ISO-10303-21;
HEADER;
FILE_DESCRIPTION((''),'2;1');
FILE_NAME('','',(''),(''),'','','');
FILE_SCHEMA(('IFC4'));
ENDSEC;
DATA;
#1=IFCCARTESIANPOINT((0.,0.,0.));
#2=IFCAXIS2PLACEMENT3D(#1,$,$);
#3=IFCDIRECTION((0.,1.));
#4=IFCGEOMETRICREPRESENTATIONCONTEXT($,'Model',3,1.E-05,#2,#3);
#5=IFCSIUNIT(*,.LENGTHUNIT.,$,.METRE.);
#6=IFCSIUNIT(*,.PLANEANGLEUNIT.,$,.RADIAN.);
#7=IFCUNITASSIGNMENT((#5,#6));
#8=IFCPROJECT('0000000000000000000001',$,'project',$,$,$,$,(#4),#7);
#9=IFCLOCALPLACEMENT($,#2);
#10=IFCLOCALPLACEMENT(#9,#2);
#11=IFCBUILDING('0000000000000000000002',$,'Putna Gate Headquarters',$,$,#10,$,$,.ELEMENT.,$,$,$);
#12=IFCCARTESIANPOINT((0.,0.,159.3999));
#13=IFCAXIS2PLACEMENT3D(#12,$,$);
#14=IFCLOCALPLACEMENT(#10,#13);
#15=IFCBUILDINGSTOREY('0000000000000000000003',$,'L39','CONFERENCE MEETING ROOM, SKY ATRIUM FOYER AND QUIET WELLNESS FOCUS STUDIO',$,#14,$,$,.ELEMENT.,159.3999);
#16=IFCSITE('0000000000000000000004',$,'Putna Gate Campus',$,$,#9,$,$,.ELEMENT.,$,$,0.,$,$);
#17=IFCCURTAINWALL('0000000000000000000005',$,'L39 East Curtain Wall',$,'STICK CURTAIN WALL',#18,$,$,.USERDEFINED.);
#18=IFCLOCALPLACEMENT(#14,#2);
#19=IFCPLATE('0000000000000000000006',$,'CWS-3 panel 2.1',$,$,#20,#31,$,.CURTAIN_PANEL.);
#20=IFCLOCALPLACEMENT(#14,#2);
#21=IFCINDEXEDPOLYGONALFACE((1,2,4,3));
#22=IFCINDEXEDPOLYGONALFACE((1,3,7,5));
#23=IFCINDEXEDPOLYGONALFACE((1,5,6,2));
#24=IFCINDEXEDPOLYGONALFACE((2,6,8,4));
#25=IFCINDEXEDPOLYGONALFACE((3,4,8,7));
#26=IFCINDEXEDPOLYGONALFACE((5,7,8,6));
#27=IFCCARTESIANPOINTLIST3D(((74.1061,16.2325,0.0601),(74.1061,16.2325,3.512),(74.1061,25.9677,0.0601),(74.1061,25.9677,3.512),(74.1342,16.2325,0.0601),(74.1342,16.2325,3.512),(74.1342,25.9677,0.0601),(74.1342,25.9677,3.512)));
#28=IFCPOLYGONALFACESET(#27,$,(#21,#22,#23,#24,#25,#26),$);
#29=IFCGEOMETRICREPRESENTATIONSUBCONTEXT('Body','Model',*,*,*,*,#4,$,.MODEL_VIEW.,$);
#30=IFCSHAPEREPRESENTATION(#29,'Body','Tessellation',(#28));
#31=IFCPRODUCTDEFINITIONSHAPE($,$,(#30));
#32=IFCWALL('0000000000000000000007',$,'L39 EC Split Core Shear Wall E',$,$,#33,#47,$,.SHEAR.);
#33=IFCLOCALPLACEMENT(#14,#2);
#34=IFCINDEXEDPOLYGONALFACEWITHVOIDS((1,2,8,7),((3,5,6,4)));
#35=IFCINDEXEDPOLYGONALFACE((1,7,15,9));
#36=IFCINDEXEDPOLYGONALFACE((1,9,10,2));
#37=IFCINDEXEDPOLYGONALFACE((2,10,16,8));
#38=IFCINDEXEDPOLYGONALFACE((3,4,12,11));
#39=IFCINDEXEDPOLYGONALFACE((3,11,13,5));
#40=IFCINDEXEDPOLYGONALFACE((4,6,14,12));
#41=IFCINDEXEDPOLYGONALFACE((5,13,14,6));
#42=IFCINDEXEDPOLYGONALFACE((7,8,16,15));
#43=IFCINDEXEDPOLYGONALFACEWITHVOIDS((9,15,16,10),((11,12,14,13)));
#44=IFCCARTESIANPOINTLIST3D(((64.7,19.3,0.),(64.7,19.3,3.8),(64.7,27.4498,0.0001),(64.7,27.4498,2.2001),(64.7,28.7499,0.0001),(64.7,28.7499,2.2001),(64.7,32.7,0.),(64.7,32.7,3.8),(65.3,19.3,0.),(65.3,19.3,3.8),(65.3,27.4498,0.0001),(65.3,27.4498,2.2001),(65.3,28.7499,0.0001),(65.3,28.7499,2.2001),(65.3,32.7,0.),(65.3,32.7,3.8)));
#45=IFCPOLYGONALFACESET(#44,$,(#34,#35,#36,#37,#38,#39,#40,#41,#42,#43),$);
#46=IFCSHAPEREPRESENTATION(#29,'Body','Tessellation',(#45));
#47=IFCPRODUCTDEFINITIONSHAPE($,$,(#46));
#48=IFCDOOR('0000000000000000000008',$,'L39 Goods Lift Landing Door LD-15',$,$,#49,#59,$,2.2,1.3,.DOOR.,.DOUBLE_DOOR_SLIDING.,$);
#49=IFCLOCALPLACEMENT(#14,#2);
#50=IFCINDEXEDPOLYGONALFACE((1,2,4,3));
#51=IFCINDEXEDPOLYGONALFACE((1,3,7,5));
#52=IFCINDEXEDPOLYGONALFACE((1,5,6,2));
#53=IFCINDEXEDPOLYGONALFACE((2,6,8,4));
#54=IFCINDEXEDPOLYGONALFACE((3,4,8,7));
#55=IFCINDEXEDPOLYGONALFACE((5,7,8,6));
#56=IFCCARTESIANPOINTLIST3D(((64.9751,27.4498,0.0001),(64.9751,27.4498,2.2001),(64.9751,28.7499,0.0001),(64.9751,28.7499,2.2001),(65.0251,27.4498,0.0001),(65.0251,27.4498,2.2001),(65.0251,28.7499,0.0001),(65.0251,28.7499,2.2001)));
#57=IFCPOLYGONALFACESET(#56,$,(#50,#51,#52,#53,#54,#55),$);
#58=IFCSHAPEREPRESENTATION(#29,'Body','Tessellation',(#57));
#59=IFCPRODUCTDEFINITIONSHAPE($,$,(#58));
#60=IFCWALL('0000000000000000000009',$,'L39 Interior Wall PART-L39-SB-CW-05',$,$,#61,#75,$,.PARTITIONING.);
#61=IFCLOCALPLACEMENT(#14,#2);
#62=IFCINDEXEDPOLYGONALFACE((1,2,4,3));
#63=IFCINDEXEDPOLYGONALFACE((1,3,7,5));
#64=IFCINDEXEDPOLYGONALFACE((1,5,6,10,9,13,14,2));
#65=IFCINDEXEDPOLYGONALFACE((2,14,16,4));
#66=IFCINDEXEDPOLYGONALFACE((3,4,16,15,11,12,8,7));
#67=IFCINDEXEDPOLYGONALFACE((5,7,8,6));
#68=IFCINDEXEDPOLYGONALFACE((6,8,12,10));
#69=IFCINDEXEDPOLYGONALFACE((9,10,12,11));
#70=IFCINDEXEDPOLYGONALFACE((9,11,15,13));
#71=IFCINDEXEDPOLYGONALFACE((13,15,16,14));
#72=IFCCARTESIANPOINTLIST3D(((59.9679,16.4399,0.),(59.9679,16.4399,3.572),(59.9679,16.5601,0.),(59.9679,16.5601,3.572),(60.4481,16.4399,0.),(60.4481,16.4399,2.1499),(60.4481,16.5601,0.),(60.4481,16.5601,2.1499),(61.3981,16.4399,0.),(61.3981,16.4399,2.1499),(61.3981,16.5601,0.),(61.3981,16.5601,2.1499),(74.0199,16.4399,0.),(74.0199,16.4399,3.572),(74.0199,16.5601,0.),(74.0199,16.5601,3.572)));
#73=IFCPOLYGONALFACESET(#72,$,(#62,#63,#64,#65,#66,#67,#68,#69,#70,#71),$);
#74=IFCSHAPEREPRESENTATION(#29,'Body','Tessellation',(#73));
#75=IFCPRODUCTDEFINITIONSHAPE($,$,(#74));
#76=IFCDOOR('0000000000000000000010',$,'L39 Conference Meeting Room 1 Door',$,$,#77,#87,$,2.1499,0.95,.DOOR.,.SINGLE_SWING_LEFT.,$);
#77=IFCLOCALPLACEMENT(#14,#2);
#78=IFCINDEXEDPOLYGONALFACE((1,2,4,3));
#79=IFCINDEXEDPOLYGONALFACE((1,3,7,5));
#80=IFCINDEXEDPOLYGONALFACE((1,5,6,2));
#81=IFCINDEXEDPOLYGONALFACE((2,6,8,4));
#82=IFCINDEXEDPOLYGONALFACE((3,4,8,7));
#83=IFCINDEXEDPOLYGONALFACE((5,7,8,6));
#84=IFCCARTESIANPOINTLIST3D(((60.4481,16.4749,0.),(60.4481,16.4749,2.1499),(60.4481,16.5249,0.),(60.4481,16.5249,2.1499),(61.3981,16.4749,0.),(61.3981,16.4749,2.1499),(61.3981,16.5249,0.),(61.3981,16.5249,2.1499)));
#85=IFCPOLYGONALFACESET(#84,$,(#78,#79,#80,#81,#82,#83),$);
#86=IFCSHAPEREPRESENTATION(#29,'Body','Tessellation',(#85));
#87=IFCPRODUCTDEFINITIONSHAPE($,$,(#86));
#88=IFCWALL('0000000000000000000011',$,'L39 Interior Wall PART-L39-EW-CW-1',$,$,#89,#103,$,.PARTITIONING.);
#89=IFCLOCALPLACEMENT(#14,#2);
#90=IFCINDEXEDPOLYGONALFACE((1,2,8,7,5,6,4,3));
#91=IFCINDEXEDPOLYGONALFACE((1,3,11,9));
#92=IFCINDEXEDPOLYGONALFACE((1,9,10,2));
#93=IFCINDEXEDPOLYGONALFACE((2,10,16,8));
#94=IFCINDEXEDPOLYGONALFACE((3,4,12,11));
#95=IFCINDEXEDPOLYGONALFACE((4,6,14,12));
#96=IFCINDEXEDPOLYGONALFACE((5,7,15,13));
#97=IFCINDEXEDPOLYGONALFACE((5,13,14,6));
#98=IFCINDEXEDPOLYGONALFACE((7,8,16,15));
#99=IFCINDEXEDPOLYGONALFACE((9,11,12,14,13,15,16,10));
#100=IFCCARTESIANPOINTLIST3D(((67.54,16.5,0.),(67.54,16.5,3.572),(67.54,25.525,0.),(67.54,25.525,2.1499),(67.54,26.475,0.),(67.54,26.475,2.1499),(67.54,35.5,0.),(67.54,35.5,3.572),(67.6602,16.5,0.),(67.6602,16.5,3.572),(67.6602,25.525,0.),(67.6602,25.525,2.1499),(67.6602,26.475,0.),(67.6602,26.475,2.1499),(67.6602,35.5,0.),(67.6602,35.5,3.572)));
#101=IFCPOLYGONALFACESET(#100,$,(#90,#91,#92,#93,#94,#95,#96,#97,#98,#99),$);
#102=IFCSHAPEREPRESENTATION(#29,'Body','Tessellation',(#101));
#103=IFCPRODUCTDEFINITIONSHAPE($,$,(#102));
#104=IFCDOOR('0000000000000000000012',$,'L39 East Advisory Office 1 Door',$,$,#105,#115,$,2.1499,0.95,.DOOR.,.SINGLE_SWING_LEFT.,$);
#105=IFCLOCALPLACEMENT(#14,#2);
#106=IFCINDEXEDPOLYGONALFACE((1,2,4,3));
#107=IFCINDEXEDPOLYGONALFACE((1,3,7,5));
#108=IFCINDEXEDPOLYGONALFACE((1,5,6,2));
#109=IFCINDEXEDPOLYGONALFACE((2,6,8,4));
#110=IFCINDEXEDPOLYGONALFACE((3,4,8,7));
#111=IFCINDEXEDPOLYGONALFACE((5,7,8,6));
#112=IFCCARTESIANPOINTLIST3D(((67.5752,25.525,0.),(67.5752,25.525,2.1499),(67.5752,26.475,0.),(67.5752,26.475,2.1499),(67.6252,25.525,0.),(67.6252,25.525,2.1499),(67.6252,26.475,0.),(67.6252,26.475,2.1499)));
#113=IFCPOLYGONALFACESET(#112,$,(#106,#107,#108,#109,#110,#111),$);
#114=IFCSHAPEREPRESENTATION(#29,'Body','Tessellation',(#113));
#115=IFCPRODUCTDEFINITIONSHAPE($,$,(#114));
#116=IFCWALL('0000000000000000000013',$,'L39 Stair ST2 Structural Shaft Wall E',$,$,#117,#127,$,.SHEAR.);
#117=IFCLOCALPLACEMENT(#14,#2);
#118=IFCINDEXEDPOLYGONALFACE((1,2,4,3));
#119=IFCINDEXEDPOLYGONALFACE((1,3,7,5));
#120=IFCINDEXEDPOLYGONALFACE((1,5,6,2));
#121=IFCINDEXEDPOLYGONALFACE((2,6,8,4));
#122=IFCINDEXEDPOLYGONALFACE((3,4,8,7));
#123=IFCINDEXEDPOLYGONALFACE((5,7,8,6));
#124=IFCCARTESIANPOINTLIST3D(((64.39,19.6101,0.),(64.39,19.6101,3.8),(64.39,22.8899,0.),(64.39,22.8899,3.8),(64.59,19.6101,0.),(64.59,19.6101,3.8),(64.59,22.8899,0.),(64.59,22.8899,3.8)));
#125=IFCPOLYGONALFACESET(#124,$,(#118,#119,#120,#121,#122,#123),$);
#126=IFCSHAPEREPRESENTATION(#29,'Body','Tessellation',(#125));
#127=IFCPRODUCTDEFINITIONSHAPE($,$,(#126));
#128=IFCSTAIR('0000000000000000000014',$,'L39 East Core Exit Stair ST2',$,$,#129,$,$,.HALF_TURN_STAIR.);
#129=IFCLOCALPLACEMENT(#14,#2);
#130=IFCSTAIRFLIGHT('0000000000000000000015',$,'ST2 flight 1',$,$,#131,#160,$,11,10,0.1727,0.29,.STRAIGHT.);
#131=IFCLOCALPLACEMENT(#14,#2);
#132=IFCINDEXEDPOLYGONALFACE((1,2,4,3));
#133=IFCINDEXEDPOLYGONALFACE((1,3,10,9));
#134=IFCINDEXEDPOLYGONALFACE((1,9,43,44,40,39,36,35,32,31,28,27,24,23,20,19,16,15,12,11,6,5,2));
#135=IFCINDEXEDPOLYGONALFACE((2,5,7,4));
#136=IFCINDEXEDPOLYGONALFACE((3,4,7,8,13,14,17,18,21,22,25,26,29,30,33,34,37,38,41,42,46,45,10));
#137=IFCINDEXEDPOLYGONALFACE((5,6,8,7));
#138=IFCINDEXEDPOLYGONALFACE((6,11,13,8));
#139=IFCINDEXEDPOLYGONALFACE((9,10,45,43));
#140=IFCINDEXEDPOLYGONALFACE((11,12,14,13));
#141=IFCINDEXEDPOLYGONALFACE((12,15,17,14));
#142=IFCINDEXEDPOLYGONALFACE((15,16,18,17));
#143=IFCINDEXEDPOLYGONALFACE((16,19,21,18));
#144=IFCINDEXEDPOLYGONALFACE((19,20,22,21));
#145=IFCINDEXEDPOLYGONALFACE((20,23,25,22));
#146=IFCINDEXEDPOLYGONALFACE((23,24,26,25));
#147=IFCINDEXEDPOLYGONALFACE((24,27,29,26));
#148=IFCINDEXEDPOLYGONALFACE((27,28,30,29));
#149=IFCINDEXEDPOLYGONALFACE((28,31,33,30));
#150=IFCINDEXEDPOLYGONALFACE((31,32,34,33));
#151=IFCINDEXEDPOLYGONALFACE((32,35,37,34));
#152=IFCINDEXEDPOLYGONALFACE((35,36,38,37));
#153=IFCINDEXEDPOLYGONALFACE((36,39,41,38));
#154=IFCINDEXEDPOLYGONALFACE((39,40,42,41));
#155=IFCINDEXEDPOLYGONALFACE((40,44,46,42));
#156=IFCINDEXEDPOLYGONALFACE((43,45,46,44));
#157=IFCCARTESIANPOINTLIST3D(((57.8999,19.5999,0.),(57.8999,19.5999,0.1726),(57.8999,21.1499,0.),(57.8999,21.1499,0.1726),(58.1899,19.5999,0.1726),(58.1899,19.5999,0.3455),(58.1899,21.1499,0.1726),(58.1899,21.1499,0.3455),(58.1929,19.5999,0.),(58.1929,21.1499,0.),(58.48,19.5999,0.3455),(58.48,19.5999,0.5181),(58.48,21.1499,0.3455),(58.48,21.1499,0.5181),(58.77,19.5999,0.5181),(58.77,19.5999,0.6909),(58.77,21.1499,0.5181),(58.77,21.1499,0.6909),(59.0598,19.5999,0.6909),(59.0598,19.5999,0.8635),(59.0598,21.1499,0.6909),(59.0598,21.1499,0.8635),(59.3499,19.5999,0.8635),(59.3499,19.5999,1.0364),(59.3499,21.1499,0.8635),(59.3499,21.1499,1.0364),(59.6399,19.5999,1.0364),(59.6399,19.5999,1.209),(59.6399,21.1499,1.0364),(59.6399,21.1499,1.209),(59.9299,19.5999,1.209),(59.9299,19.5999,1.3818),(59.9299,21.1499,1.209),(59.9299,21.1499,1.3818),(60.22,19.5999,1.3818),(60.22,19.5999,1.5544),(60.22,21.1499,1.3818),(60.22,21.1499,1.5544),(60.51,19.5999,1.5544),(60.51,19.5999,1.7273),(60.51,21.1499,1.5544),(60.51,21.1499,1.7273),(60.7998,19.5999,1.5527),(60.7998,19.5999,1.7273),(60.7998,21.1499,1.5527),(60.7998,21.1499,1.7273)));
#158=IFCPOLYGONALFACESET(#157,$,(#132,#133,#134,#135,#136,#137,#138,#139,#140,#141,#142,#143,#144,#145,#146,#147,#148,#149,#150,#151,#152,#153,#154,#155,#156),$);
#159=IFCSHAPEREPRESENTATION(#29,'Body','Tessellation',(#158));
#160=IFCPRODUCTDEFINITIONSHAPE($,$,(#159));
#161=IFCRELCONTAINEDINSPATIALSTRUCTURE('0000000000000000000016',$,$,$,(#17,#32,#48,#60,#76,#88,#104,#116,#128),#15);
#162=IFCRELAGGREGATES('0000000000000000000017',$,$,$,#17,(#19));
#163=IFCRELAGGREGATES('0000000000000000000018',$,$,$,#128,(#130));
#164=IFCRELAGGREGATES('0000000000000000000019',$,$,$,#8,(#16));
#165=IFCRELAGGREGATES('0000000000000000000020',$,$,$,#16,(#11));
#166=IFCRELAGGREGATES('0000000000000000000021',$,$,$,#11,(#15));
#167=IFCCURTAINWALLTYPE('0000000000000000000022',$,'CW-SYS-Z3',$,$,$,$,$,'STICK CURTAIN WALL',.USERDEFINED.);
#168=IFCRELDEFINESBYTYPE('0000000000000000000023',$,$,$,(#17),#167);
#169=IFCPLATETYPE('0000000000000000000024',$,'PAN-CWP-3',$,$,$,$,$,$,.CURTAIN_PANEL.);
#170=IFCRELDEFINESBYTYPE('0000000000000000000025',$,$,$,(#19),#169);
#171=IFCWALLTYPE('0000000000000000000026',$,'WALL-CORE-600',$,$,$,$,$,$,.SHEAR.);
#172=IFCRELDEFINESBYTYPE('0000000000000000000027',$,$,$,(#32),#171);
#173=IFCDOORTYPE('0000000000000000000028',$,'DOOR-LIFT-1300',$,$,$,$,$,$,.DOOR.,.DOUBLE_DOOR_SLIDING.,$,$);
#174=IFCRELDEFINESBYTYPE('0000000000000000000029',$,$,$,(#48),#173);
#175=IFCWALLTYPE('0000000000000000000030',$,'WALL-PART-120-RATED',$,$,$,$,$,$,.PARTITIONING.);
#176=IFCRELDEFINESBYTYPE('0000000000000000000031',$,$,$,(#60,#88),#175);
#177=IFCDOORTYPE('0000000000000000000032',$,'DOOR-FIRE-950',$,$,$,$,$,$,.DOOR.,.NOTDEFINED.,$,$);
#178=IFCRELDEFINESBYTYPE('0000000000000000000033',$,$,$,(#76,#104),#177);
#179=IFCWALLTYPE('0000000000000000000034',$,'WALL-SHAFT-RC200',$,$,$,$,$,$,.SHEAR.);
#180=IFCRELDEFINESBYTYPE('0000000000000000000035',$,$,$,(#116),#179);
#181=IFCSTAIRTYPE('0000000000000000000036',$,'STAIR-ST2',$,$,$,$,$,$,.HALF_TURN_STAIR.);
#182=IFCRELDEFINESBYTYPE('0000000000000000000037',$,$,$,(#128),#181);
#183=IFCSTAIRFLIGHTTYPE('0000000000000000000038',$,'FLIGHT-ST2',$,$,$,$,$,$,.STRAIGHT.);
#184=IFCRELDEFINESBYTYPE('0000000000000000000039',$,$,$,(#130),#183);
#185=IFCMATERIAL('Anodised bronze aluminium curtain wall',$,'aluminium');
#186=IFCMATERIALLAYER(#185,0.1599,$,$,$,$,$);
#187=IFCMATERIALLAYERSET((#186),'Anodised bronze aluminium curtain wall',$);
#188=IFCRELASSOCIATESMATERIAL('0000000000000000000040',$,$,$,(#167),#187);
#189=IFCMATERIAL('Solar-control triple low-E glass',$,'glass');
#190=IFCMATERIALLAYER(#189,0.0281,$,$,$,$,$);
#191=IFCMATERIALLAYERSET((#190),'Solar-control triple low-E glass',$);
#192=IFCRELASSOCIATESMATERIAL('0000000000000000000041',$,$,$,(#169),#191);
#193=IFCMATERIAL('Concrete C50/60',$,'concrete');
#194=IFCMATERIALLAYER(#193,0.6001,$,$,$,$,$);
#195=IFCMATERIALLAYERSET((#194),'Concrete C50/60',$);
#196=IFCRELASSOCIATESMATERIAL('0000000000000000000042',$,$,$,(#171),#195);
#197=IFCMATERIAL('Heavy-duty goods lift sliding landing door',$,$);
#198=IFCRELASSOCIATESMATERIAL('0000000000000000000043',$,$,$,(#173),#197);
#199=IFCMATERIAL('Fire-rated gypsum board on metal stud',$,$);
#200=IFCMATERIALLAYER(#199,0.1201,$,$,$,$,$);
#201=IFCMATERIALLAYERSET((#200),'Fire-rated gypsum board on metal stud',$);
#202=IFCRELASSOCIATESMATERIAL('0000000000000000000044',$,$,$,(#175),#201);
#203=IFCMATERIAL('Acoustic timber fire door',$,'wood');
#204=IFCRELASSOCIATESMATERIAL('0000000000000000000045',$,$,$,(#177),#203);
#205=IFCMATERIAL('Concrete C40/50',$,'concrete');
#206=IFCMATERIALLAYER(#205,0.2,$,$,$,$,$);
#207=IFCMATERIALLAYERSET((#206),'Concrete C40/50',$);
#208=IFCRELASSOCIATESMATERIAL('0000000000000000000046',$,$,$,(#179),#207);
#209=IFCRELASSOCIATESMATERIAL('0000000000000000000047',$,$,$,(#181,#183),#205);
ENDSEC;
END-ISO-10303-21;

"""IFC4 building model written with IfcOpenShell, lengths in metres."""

from ifc_helpers import new_model, si_unit, direction, frame, frame_2d, origin, origin_2d, place, context, subcontext, project, spatial, polyline, rectangle, outline, extrude, material, layer, layer_set, type_object, element, fill, aggregate, save


model = new_model("IFC4")

# Units and contexts
model_context = context("Model", 3, precision=1e-05, world=origin(), true_north=direction((0.0, 1.0)))
body_context = subcontext(model_context, "Body", "Model", "MODEL_VIEW")
ifc_project = project(units=[si_unit("LENGTHUNIT", "METRE"), si_unit("PLANEANGLEUNIT", "RADIAN")], contexts=[model_context])

# Site, building, storey
site_placement = place(None, origin())
site = spatial("IfcSite", under=ifc_project, at=site_placement, Name="Putna Gate Campus", CompositionType="ELEMENT", RefElevation=0.0)
building_placement = place(site_placement, origin())
building = spatial("IfcBuilding", under=site, at=building_placement, Name="Putna Gate Headquarters", CompositionType="ELEMENT")
storey_placement = place(building_placement, frame((0.0, 0.0, 159.3999)))
storey = spatial("IfcBuildingStorey", under=building, at=storey_placement, Name="L39", Description="CONFERENCE MEETING ROOM, SKY ATRIUM FOYER AND QUIET WELLNESS FOCUS STUDIO", CompositionType="ELEMENT", Elevation=159.3999)

# Shared definitions
ifc_material_1 = material(Name="Concrete C50/60", Category="concrete")

# Curtain wall, plate
ifc_material_2 = material(Name="Anodised bronze aluminium curtain wall", Category="aluminium")
ifc_layer_1 = layer(ifc_material_2, 0.1599)
ifc_layer_set_1 = layer_set([ifc_layer_1], Name="Anodised bronze aluminium curtain wall")
curtain_wall_type = type_object("IfcCurtainWallType", Name="CW-SYS-Z3", ElementType="STICK CURTAIN WALL", PredefinedType="USERDEFINED", material=ifc_layer_set_1)
curtain_wall_placement = place(storey_placement, origin())
curtain_wall = element("IfcCurtainWall", 1, at=curtain_wall_placement, inside=storey, type_object=curtain_wall_type, Name="L39 East Curtain Wall", ObjectType="STICK CURTAIN WALL", PredefinedType="USERDEFINED")
ifc_material_3 = material(Name="Solar-control triple low-E glass", Category="glass")
ifc_layer_2 = layer(ifc_material_3, 0.0281)
ifc_layer_set_2 = layer_set([ifc_layer_2], Name="Solar-control triple low-E glass")
plate_type = type_object("IfcPlateType", Name="PAN-CWP-3", PredefinedType="CURTAIN_PANEL", material=ifc_layer_set_2)
plate_placement = place(storey_placement, frame((74.1201, 21.1001, 0.0601), z_axis=(0.0, 0.0, 1.0), x_axis=(0.0, 1.0, 0.0)))
plate = element("IfcPlate", 2, at=plate_placement, type_object=plate_type, Name="CWS-3 panel 2.1", PredefinedType="CURTAIN_PANEL", context=body_context, shape_type="SweptSolid", body=[
    extrude(rectangle(XDim=9.7351, YDim=0.0281, at=origin_2d()), origin(), (0.0, 0.0, 1.0), 3.4519),
])
aggregate(curtain_wall, [plate])

# Walls, openings, doors
ifc_layer_3 = layer(ifc_material_1, 0.6001)
ifc_layer_set_3 = layer_set([ifc_layer_3], Name="Concrete C50/60")
wall_type_1 = type_object("IfcWallType", Name="WALL-CORE-600", PredefinedType="SHEAR", material=ifc_layer_set_3)
wall_1_placement = place(storey_placement, frame((65.0, 19.3, 0.0), z_axis=(0.0, 0.0, 1.0), x_axis=(0.0, 1.0, 0.0)))
wall_1 = element("IfcWall", 3, at=wall_1_placement, inside=storey, type_object=wall_type_1, Name="L39 EC Split Core Shear Wall E", PredefinedType="SHEAR", context=body_context, shape_type="SweptSolid", body=[
    extrude(rectangle(XDim=13.3999, YDim=0.6001, at=frame_2d((6.7, 0.0))), origin(), (0.0, 0.0, 1.0), 3.8),
])
opening_1_placement = place(wall_1_placement, frame((8.1499, 0.0, 0.0)))
opening_1 = element("IfcOpeningElement", 4, at=opening_1_placement, cuts=wall_1, PredefinedType="OPENING", context=body_context, shape_type="SweptSolid", body=[
    extrude(rectangle(XDim=1.3, YDim=2.2, at=frame_2d((0.6499, 1.1001))), frame((0.0, 0.3101, 0.0), z_axis=(0.0, -1.0, 0.0), x_axis=(1.0, 0.0, 0.0)), (0.0, 0.0, 1.0), 0.6201),
])
ifc_material_4 = material(Name="Heavy-duty goods lift sliding landing door")
door_type_1 = type_object("IfcDoorType", Name="DOOR-LIFT-1300", OperationType="DOUBLE_DOOR_SLIDING", PredefinedType="DOOR", material=ifc_material_4)
door_1_placement = place(opening_1_placement, origin())
door_1 = element("IfcDoor", 5, at=door_1_placement, inside=storey, type_object=door_type_1, Name="L39 Goods Lift Landing Door LD-15", OperationType="DOUBLE_DOOR_SLIDING", OverallHeight=2.2, OverallWidth=1.3, PredefinedType="DOOR", context=body_context, shape_type="SweptSolid", body=[
    extrude(rectangle(XDim=1.3, YDim=2.2, at=frame_2d((0.6499, 1.1001))), frame((0.0, 0.0249, 0.0), z_axis=(0.0, -1.0, 0.0), x_axis=(1.0, 0.0, 0.0)), (0.0, 0.0, 1.0), 0.05),
])
fill(opening_1, door_1)
ifc_material_5 = material(Name="Fire-rated gypsum board on metal stud")
ifc_layer_4 = layer(ifc_material_5, 0.1201)
ifc_layer_set_4 = layer_set([ifc_layer_4], Name="Fire-rated gypsum board on metal stud")
wall_type_2 = type_object("IfcWallType", Name="WALL-PART-120-RATED", PredefinedType="PARTITIONING", material=ifc_layer_set_4)
wall_2_placement = place(storey_placement, frame((59.968, 16.5, 0.0), z_axis=(0.0, 0.0, 1.0), x_axis=(1.0, 0.0, 0.0)))
wall_2 = element("IfcWall", 6, at=wall_2_placement, inside=storey, type_object=wall_type_2, Name="L39 Interior Wall PART-L39-SB-CW-05", PredefinedType="PARTITIONING", context=body_context, shape_type="SweptSolid", body=[
    extrude(rectangle(XDim=14.052, YDim=0.1201, at=frame_2d((7.0259, 0.0))), origin(), (0.0, 0.0, 1.0), 3.572),
])
opening_2_placement = place(wall_2_placement, frame((0.48, 0.0, 0.0)))
opening_2 = element("IfcOpeningElement", 7, at=opening_2_placement, cuts=wall_2, PredefinedType="OPENING", context=body_context, shape_type="SweptSolid", body=[
    extrude(rectangle(XDim=0.95, YDim=2.1499, at=frame_2d((0.4751, 1.075))), frame((0.0, 0.0701, 0.0), z_axis=(0.0, -1.0, 0.0), x_axis=(1.0, 0.0, 0.0)), (0.0, 0.0, 1.0), 0.1401),
])
ifc_material_6 = material(Name="Acoustic timber fire door", Category="wood")
door_type_2 = type_object("IfcDoorType", Name="DOOR-FIRE-950", OperationType="NOTDEFINED", PredefinedType="DOOR", material=ifc_material_6)
door_2_placement = place(opening_2_placement, origin())
door_2 = element("IfcDoor", 8, at=door_2_placement, inside=storey, type_object=door_type_2, Name="L39 Conference Meeting Room 1 Door", OperationType="SINGLE_SWING_LEFT", OverallHeight=2.1499, OverallWidth=0.95, PredefinedType="DOOR", context=body_context, shape_type="SweptSolid", body=[
    extrude(rectangle(XDim=0.95, YDim=2.1499, at=frame_2d((0.4751, 1.075))), frame((0.0, 0.0249, 0.0), z_axis=(0.0, -1.0, 0.0), x_axis=(1.0, 0.0, 0.0)), (0.0, 0.0, 1.0), 0.05),
])
fill(opening_2, door_2)
wall_3_placement = place(storey_placement, frame((67.6001, 16.5, 0.0), z_axis=(0.0, 0.0, 1.0), x_axis=(0.0, 1.0, 0.0)))
wall_3 = element("IfcWall", 9, at=wall_3_placement, inside=storey, type_object=wall_type_2, Name="L39 Interior Wall PART-L39-EW-CW-1", PredefinedType="PARTITIONING", context=body_context, shape_type="SweptSolid", body=[
    extrude(rectangle(XDim=19.0, YDim=0.1201, at=frame_2d((9.5, 0.0))), origin(), (0.0, 0.0, 1.0), 3.572),
])
opening_3_placement = place(wall_3_placement, frame((9.0249, 0.0, 0.0)))
opening_3 = element("IfcOpeningElement", 10, at=opening_3_placement, cuts=wall_3, PredefinedType="OPENING", context=body_context, shape_type="SweptSolid", body=[
    extrude(rectangle(XDim=0.95, YDim=2.1499, at=frame_2d((0.4751, 1.075))), frame((0.0, 0.0701, 0.0), z_axis=(0.0, -1.0, 0.0), x_axis=(1.0, 0.0, 0.0)), (0.0, 0.0, 1.0), 0.1401),
])
door_3_placement = place(opening_3_placement, origin())
door_3 = element("IfcDoor", 11, at=door_3_placement, inside=storey, type_object=door_type_2, Name="L39 East Advisory Office 1 Door", OperationType="SINGLE_SWING_LEFT", OverallHeight=2.1499, OverallWidth=0.95, PredefinedType="DOOR", context=body_context, shape_type="SweptSolid", body=[
    extrude(rectangle(XDim=0.95, YDim=2.1499, at=frame_2d((0.4751, 1.075))), frame((0.0, 0.0249, 0.0), z_axis=(0.0, -1.0, 0.0), x_axis=(1.0, 0.0, 0.0)), (0.0, 0.0, 1.0), 0.05),
])
fill(opening_3, door_3)

# Wall
ifc_material_7 = material(Name="Concrete C40/50", Category="concrete")
ifc_layer_5 = layer(ifc_material_7, 0.2)
ifc_layer_set_5 = layer_set([ifc_layer_5], Name="Concrete C40/50")
wall_type_3 = type_object("IfcWallType", Name="WALL-SHAFT-RC200", PredefinedType="SHEAR", material=ifc_layer_set_5)
wall_4_placement = place(storey_placement, frame((64.49, 19.6101, 0.0), z_axis=(0.0, 0.0, 1.0), x_axis=(0.0, 1.0, 0.0)))
element("IfcWall", 12, at=wall_4_placement, inside=storey, type_object=wall_type_3, Name="L39 Stair ST2 Structural Shaft Wall E", PredefinedType="SHEAR", context=body_context, shape_type="SweptSolid", body=[
    extrude(rectangle(XDim=3.2798, YDim=0.2, at=frame_2d((1.6399, 0.0))), origin(), (0.0, 0.0, 1.0), 3.8),
])

# Stair, stair flight
stair_type = type_object("IfcStairType", Name="STAIR-ST2", PredefinedType="HALF_TURN_STAIR", material=ifc_material_7)
stair_placement = place(storey_placement, origin())
stair = element("IfcStair", 13, at=stair_placement, inside=storey, type_object=stair_type, Name="L39 East Core Exit Stair ST2", PredefinedType="HALF_TURN_STAIR")
stair_flight_type = type_object("IfcStairFlightType", Name="FLIGHT-ST2", PredefinedType="STRAIGHT", material=ifc_material_7)
stair_flight_1_placement = place(storey_placement, frame((57.8999, 20.375, 0.0), z_axis=(0.0, 0.0, 1.0), x_axis=(1.0, 0.0, 0.0)))
stair_flight_1 = element("IfcStairFlight", 14, at=stair_flight_1_placement, type_object=stair_flight_type, Name="ST2 flight 1", NumberOfRisers=11, NumberOfTreads=10, PredefinedType="STRAIGHT", RiserHeight=0.1727, TreadLength=0.29, context=body_context, shape_type="SweptSolid", body=[
    extrude(outline(polyline([(0.0, 0.0), (0.0, 0.1726), (0.29, 0.1726), (0.29, 0.3455), (0.5801, 0.3455), (0.5801, 0.5181), (0.8701, 0.5181), (0.8701, 0.6909), (1.1599, 0.6909), (1.1599, 0.8635), (1.45, 0.8635), (1.45, 1.0364), (1.74, 1.0364), (1.74, 1.209), (2.03, 1.209), (2.03, 1.3818), (2.3201, 1.3818), (2.3201, 1.5544), (2.6101, 1.5544), (2.6101, 1.7273), (2.8999, 1.7273), (2.8999, 1.8999), (2.8999, 1.5527), (0.293, 0.0), (0.0, 0.0)])), frame((0.0, 0.7749, 0.0), z_axis=(0.0, -1.0, 0.0), x_axis=(1.0, 0.0, 0.0)), (0.0, 0.0, 1.0), 1.55),
])
aggregate(stair, [stair_flight_1])

save(model, "model.ifc")
